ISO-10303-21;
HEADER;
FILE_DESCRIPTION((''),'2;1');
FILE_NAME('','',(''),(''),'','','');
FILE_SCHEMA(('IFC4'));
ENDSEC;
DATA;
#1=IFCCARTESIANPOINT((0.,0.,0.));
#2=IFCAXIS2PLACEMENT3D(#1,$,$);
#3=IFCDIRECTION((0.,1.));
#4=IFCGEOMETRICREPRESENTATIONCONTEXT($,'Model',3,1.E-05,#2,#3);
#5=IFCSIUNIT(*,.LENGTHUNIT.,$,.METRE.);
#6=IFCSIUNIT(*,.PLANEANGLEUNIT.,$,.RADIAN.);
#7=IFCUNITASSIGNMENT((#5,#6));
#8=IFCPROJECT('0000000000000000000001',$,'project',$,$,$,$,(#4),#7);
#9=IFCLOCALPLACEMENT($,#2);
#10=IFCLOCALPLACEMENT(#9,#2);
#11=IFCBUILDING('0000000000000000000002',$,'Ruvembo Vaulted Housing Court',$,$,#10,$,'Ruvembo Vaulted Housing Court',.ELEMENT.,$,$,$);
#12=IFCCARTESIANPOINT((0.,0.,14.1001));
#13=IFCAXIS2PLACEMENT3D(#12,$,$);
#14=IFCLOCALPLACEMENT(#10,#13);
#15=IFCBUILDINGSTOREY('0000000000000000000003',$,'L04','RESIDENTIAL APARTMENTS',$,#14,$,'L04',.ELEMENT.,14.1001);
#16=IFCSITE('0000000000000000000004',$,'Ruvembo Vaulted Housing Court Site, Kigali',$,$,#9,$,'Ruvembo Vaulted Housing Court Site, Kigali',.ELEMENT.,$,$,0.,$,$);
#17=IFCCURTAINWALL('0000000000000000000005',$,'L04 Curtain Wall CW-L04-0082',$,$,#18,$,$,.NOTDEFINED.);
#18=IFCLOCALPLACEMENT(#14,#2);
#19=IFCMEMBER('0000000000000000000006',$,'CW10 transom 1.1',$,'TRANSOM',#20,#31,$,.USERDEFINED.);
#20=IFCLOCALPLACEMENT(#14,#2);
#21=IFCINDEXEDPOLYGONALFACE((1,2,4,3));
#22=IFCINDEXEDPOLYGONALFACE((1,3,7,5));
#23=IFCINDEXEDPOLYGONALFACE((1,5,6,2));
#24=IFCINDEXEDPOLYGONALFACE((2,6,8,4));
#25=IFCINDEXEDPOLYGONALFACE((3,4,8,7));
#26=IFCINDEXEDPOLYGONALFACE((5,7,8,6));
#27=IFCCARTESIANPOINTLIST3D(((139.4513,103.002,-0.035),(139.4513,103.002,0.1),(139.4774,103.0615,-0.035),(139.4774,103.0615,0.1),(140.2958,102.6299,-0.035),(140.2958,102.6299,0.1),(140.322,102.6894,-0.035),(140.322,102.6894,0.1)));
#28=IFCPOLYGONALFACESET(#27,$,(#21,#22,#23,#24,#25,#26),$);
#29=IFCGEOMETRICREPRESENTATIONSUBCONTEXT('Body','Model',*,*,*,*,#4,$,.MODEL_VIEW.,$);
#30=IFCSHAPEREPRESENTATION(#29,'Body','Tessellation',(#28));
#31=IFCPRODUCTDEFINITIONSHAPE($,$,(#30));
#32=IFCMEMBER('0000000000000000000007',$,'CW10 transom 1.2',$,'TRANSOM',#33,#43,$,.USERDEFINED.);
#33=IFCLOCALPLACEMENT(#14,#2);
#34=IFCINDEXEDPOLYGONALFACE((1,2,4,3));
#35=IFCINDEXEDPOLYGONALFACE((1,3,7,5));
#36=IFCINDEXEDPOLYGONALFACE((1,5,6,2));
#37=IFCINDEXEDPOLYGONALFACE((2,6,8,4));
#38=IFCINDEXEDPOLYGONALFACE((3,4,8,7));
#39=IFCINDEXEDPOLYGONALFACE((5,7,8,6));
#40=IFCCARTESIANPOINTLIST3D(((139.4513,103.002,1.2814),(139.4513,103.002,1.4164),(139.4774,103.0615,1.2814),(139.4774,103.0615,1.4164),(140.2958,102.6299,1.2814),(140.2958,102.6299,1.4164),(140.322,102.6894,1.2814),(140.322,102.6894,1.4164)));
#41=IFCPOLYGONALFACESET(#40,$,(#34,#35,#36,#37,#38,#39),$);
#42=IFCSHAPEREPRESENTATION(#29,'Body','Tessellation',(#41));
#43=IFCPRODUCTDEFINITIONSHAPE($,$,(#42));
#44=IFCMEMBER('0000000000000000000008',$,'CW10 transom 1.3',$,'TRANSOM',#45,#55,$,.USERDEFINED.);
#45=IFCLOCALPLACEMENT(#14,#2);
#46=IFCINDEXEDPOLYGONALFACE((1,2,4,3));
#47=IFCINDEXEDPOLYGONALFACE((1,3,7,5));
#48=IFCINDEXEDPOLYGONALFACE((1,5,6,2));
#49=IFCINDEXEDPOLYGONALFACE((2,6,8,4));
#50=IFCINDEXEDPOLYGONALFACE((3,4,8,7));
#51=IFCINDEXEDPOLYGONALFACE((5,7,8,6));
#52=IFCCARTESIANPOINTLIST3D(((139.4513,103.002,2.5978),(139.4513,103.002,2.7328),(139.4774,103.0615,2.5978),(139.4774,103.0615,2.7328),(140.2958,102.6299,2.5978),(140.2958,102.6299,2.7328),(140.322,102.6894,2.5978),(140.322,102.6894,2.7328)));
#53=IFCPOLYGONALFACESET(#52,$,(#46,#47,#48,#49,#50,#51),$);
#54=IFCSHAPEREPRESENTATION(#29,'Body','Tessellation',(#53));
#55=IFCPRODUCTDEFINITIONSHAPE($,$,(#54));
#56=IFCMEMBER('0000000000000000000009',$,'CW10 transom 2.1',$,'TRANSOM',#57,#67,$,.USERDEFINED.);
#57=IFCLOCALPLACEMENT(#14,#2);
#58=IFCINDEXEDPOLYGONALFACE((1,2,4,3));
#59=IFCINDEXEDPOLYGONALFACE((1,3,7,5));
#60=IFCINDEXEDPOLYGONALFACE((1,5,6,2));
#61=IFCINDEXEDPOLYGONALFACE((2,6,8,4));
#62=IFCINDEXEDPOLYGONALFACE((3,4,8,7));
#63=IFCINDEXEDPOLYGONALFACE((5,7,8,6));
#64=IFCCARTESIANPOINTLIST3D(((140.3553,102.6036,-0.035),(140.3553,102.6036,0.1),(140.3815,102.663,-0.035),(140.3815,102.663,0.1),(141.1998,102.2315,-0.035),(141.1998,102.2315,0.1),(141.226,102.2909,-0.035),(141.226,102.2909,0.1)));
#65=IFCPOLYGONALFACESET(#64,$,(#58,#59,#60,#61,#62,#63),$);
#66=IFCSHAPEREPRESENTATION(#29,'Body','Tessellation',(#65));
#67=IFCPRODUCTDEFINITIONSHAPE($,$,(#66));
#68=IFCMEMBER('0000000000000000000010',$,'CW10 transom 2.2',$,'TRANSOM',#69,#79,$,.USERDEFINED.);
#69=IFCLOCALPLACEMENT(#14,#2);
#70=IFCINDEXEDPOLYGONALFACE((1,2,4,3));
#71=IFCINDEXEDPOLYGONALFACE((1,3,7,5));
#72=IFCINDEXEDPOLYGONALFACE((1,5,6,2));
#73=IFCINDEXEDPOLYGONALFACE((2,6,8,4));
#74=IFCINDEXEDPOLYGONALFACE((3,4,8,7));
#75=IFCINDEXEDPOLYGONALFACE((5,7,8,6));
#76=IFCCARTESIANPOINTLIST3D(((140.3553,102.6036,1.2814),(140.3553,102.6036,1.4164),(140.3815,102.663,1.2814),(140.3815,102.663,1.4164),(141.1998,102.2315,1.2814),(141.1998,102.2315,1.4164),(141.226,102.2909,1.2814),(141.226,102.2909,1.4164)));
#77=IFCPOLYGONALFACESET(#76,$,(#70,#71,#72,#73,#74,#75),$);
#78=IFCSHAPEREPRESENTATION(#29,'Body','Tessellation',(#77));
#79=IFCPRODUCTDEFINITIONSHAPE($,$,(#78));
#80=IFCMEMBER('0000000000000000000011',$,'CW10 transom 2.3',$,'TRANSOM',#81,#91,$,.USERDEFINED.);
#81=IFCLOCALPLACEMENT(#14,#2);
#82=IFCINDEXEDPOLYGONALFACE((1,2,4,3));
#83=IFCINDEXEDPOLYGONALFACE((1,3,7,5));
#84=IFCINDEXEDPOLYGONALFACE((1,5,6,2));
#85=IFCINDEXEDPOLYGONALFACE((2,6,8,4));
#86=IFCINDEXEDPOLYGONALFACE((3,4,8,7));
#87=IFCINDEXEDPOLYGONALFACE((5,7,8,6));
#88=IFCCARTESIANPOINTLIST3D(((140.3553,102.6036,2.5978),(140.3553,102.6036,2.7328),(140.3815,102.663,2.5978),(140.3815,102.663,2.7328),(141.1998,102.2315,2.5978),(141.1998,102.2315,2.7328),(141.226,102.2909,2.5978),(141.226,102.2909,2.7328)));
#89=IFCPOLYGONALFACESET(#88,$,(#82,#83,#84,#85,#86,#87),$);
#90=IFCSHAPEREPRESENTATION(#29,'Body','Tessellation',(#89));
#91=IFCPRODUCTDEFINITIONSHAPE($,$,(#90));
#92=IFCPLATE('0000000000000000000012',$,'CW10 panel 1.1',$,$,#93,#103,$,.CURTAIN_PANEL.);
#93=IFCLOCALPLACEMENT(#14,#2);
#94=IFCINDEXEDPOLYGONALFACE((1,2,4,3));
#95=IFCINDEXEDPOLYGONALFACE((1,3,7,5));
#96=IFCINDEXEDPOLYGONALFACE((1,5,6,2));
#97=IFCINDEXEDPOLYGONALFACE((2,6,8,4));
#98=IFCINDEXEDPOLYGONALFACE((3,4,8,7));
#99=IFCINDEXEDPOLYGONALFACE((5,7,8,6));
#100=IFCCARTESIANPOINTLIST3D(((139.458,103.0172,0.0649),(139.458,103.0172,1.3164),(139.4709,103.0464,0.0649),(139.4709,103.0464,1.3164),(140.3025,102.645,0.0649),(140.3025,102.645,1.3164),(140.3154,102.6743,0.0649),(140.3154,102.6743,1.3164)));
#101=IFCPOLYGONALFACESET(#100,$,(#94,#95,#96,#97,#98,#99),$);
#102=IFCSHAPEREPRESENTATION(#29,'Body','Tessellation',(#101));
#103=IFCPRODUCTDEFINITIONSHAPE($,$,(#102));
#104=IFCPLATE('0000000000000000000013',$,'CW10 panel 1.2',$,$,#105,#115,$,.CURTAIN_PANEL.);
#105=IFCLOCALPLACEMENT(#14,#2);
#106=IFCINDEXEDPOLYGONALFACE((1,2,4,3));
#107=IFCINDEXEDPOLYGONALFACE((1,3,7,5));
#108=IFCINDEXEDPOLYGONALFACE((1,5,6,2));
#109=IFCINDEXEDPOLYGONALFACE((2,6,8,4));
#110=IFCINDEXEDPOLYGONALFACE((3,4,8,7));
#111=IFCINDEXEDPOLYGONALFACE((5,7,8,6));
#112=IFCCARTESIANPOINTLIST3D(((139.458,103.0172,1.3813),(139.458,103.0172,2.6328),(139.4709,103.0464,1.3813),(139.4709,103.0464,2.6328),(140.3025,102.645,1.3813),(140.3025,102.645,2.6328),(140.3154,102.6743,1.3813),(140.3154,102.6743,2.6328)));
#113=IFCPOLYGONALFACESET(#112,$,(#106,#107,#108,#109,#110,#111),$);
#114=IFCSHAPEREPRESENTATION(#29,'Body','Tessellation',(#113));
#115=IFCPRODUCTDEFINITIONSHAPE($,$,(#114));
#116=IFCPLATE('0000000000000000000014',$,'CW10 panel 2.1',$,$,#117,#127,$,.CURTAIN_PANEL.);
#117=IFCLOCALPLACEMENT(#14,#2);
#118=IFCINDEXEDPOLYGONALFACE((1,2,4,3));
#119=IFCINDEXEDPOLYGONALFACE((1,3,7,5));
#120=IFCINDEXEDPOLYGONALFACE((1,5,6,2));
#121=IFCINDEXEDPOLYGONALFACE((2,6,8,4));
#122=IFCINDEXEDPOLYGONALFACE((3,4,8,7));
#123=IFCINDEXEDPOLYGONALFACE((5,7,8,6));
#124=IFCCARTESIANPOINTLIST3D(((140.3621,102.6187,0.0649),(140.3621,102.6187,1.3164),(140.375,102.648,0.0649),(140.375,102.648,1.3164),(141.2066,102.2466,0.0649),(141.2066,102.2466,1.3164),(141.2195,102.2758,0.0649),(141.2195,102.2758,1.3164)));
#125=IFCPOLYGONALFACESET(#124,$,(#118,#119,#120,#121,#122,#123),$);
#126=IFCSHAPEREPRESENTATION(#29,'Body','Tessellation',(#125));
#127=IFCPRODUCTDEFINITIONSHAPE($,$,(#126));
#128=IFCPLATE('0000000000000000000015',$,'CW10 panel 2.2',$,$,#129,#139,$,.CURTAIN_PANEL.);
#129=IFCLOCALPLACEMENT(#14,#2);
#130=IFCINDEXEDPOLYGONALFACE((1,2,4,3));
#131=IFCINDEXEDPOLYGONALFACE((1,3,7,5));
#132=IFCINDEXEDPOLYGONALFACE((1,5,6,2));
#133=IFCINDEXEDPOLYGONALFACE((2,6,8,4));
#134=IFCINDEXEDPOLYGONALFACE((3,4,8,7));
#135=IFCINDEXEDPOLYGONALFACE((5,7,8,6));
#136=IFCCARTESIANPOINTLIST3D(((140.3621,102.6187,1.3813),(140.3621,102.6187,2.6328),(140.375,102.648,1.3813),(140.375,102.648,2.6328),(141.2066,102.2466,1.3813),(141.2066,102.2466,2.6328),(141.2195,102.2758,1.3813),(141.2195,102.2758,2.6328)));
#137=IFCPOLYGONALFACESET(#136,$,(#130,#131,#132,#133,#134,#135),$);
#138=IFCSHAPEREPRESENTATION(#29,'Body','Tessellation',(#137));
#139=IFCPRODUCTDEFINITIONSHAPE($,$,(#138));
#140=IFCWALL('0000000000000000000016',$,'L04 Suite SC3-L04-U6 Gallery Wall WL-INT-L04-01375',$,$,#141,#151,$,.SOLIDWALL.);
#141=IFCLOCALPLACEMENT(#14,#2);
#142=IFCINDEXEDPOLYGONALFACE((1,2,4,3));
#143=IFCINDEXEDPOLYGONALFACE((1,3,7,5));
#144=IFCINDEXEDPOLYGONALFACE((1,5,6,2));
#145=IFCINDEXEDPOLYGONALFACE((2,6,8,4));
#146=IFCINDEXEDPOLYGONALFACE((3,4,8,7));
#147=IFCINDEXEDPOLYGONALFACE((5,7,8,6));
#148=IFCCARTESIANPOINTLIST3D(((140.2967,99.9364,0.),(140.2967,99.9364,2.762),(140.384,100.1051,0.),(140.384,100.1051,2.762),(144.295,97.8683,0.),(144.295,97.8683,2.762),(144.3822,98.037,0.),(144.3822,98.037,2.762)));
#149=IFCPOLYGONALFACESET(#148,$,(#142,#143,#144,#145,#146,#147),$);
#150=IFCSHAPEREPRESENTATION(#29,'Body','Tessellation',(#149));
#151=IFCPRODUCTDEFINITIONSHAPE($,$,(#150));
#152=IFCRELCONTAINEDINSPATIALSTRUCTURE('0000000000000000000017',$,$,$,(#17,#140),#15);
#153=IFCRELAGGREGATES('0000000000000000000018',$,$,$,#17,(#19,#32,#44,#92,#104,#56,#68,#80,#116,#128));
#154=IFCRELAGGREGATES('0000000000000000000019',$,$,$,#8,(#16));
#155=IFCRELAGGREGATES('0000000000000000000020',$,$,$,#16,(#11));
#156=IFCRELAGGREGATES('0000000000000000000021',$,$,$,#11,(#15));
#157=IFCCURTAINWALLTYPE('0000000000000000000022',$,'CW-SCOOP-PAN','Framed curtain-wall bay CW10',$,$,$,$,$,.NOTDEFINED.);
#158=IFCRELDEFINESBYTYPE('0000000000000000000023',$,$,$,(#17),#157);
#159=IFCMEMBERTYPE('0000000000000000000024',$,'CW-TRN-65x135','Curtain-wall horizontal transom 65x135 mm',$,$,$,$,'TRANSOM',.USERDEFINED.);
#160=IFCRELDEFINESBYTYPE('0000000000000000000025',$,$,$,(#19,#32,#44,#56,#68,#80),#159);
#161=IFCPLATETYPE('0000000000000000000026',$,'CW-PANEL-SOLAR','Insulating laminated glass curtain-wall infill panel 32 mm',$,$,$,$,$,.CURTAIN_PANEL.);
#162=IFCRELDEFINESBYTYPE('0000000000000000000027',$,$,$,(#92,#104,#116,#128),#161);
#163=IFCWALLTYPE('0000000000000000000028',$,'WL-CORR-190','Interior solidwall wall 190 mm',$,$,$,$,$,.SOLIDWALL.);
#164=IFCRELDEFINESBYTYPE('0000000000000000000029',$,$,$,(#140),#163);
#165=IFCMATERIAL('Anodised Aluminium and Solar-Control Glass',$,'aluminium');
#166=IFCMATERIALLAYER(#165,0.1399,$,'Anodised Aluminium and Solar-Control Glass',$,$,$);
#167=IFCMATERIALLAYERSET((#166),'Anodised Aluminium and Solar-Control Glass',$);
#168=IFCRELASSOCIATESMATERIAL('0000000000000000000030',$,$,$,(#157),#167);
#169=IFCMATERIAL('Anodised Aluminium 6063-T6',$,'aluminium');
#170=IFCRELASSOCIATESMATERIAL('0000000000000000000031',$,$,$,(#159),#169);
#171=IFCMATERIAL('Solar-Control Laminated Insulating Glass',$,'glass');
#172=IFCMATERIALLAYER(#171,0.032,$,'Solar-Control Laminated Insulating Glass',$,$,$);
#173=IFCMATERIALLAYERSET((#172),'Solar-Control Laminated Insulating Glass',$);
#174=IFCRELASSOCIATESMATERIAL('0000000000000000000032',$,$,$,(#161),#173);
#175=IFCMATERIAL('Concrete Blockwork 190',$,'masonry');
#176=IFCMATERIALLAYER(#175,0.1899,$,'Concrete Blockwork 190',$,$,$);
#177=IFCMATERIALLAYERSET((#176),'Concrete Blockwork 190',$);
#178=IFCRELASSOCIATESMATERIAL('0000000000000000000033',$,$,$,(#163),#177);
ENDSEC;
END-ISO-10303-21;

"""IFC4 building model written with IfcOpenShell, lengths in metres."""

from ifc_helpers import new_model, si_unit, direction, frame, frame_2d, origin, origin_2d, place, context, subcontext, project, spatial, rectangle, extrude, material, layer, layer_set, material_profile, profile_set, type_object, element, aggregate, save


model = new_model("IFC4")

# Units and contexts
model_context = context("Model", 3, precision=1e-05, world=origin(), true_north=direction((0.0, 1.0)))
body_context = subcontext(model_context, "Body", "Model", "MODEL_VIEW")
ifc_project = project(units=[si_unit("LENGTHUNIT", "METRE"), si_unit("PLANEANGLEUNIT", "RADIAN")], contexts=[model_context])

# Site, building, storey
site_placement = place(None, origin())
site = spatial("IfcSite", under=ifc_project, at=site_placement, Name="Ruvembo Vaulted Housing Court Site, Kigali", LongName="Ruvembo Vaulted Housing Court Site, Kigali", CompositionType="ELEMENT", RefElevation=0.0)
building_placement = place(site_placement, origin())
building = spatial("IfcBuilding", under=site, at=building_placement, Name="Ruvembo Vaulted Housing Court", LongName="Ruvembo Vaulted Housing Court", CompositionType="ELEMENT")
storey_placement = place(building_placement, frame((0.0, 0.0, 14.1001)))
storey = spatial("IfcBuildingStorey", under=building, at=storey_placement, Name="L04", Description="RESIDENTIAL APARTMENTS", LongName="L04", CompositionType="ELEMENT", Elevation=14.1001)

# Curtain wall, members, plates
ifc_material_1 = material(Name="Anodised Aluminium and Solar-Control Glass", Category="aluminium")
ifc_layer_1 = layer(ifc_material_1, 0.1399, Name="Anodised Aluminium and Solar-Control Glass")
ifc_layer_set_1 = layer_set([ifc_layer_1], Name="Anodised Aluminium and Solar-Control Glass")
curtain_wall_type = type_object("IfcCurtainWallType", Name="CW-SCOOP-PAN", Description="Framed curtain-wall bay CW10", PredefinedType="NOTDEFINED", material=ifc_layer_set_1)
curtain_wall_placement = place(storey_placement, origin())
curtain_wall = element("IfcCurtainWall", 1, at=curtain_wall_placement, inside=storey, type_object=curtain_wall_type, Name="L04 Curtain Wall CW-L04-0082", PredefinedType="NOTDEFINED")
ifc_material_2 = material(Name="Anodised Aluminium 6063-T6", Category="aluminium")
ifc_material_profile_1 = material_profile(ifc_material_2, rectangle(XDim=0.0649, YDim=0.135, at=origin_2d()), Name="ALU 65x135")
ifc_profile_set_1 = profile_set([ifc_material_profile_1], Name="Anodised Aluminium 6063-T6")
member_type_1 = type_object("IfcMemberType", Name="CW-TRN-65x135", Description="Curtain-wall horizontal transom 65x135 mm", ElementType="TRANSOM", PredefinedType="USERDEFINED", material=ifc_profile_set_1)
member_1_placement = place(storey_placement, frame((139.4644, 103.0317, 0.0325), z_axis=(0.915116, -0.403191, 0.0), x_axis=(0.403191, 0.915116, 0.0)))
member_1 = element("IfcMember", 2, at=member_1_placement, type_object=member_type_1, Name="CW10 transom 1.1", ObjectType="TRANSOM", PredefinedType="USERDEFINED", context=body_context, shape_type="SweptSolid", body=[
    extrude(rectangle(XDim=0.0649, YDim=0.135, at=origin_2d()), origin(), (0.0, 0.0, 1.0), 0.9229),
])
member_2_placement = place(storey_placement, frame((139.4644, 103.0317, 1.3489), z_axis=(0.915116, -0.403191, 0.0), x_axis=(0.403191, 0.915116, 0.0)))
member_2 = element("IfcMember", 3, at=member_2_placement, type_object=member_type_1, Name="CW10 transom 1.2", ObjectType="TRANSOM", PredefinedType="USERDEFINED", context=body_context, shape_type="SweptSolid", body=[
    extrude(rectangle(XDim=0.0649, YDim=0.135, at=origin_2d()), origin(), (0.0, 0.0, 1.0), 0.9229),
])
member_3_placement = place(storey_placement, frame((139.4644, 103.0317, 2.6653), z_axis=(0.915116, -0.403191, 0.0), x_axis=(0.403191, 0.915116, 0.0)))
member_3 = element("IfcMember", 4, at=member_3_placement, type_object=member_type_1, Name="CW10 transom 1.3", ObjectType="TRANSOM", PredefinedType="USERDEFINED", context=body_context, shape_type="SweptSolid", body=[
    extrude(rectangle(XDim=0.0649, YDim=0.135, at=origin_2d()), origin(), (0.0, 0.0, 1.0), 0.9229),
])
member_4_placement = place(storey_placement, frame((140.3684, 102.6333, 0.0325), z_axis=(0.915116, -0.403191, 0.0), x_axis=(0.403191, 0.915116, 0.0)))
member_4 = element("IfcMember", 5, at=member_4_placement, type_object=member_type_1, Name="CW10 transom 2.1", ObjectType="TRANSOM", PredefinedType="USERDEFINED", context=body_context, shape_type="SweptSolid", body=[
    extrude(rectangle(XDim=0.0649, YDim=0.135, at=origin_2d()), origin(), (0.0, 0.0, 1.0), 0.9229),
])
member_5_placement = place(storey_placement, frame((140.3684, 102.6333, 1.3489), z_axis=(0.915116, -0.403191, 0.0), x_axis=(0.403191, 0.915116, 0.0)))
member_5 = element("IfcMember", 6, at=member_5_placement, type_object=member_type_1, Name="CW10 transom 2.2", ObjectType="TRANSOM", PredefinedType="USERDEFINED", context=body_context, shape_type="SweptSolid", body=[
    extrude(rectangle(XDim=0.0649, YDim=0.135, at=origin_2d()), origin(), (0.0, 0.0, 1.0), 0.9229),
])
member_6_placement = place(storey_placement, frame((140.3684, 102.6333, 2.6653), z_axis=(0.915116, -0.403191, 0.0), x_axis=(0.403191, 0.915116, 0.0)))
member_6 = element("IfcMember", 7, at=member_6_placement, type_object=member_type_1, Name="CW10 transom 2.3", ObjectType="TRANSOM", PredefinedType="USERDEFINED", context=body_context, shape_type="SweptSolid", body=[
    extrude(rectangle(XDim=0.0649, YDim=0.135, at=origin_2d()), origin(), (0.0, 0.0, 1.0), 0.9229),
])
ifc_material_3 = material(Name="Solar-Control Laminated Insulating Glass", Category="glass")
ifc_layer_2 = layer(ifc_material_3, 0.032, Name="Solar-Control Laminated Insulating Glass")
ifc_layer_set_2 = layer_set([ifc_layer_2], Name="Solar-Control Laminated Insulating Glass")
plate_type = type_object("IfcPlateType", Name="CW-PANEL-SOLAR", Description="Insulating laminated glass curtain-wall infill panel 32 mm", PredefinedType="CURTAIN_PANEL", material=ifc_layer_set_2)
plate_1_placement = place(storey_placement, frame((139.8867, 102.8457, 0.0649), z_axis=(0.0, 0.0, 1.0), x_axis=(0.91508, -0.403272, 0.0)))
plate_1 = element("IfcPlate", 8, at=plate_1_placement, type_object=plate_type, Name="CW10 panel 1.1", PredefinedType="CURTAIN_PANEL", context=body_context, shape_type="SweptSolid", body=[
    extrude(rectangle(XDim=0.9229, YDim=0.032, at=origin_2d()), origin(), (0.0, 0.0, 1.0), 1.2515),
])
plate_2_placement = place(storey_placement, frame((139.8867, 102.8457, 1.3813), z_axis=(0.0, 0.0, 1.0), x_axis=(0.91508, -0.403272, 0.0)))
plate_2 = element("IfcPlate", 9, at=plate_2_placement, type_object=plate_type, Name="CW10 panel 1.2", PredefinedType="CURTAIN_PANEL", context=body_context, shape_type="SweptSolid", body=[
    extrude(rectangle(XDim=0.9229, YDim=0.032, at=origin_2d()), origin(), (0.0, 0.0, 1.0), 1.2515),
])
plate_3_placement = place(storey_placement, frame((140.7908, 102.4473, 0.0649), z_axis=(0.0, 0.0, 1.0), x_axis=(0.91508, -0.403272, 0.0)))
plate_3 = element("IfcPlate", 10, at=plate_3_placement, type_object=plate_type, Name="CW10 panel 2.1", PredefinedType="CURTAIN_PANEL", context=body_context, shape_type="SweptSolid", body=[
    extrude(rectangle(XDim=0.9229, YDim=0.032, at=origin_2d()), origin(), (0.0, 0.0, 1.0), 1.2515),
])
plate_4_placement = place(storey_placement, frame((140.7908, 102.4473, 1.3813), z_axis=(0.0, 0.0, 1.0), x_axis=(0.91508, -0.403272, 0.0)))
plate_4 = element("IfcPlate", 11, at=plate_4_placement, type_object=plate_type, Name="CW10 panel 2.2", PredefinedType="CURTAIN_PANEL", context=body_context, shape_type="SweptSolid", body=[
    extrude(rectangle(XDim=0.9229, YDim=0.032, at=origin_2d()), origin(), (0.0, 0.0, 1.0), 1.2515),
])
aggregate(curtain_wall, [member_1, member_2, member_3, plate_1, plate_2, member_4, member_5, member_6, plate_3, plate_4])

# Wall
ifc_material_4 = material(Name="Concrete Blockwork 190", Category="masonry")
ifc_layer_3 = layer(ifc_material_4, 0.1899, Name="Concrete Blockwork 190")
ifc_layer_set_3 = layer_set([ifc_layer_3], Name="Concrete Blockwork 190")
wall_type = type_object("IfcWallType", Name="WL-CORR-190", Description="Interior solidwall wall 190 mm", PredefinedType="SOLIDWALL", material=ifc_layer_set_3)
wall_placement = place(storey_placement, frame((140.3403, 100.0208, 0.0), z_axis=(0.0, 0.0, 1.0), x_axis=(0.888215, -0.459429, 0.0)))
element("IfcWall", 12, at=wall_placement, inside=storey, type_object=wall_type, Name="L04 Suite SC3-L04-U6 Gallery Wall WL-INT-L04-01375", PredefinedType="SOLIDWALL", context=body_context, shape_type="SweptSolid", body=[
    extrude(rectangle(XDim=4.5015, YDim=0.1899, at=frame_2d((2.2507, 0.0))), origin(), (0.0, 0.0, 1.0), 2.762),
])

save(model, "model.ifc")
